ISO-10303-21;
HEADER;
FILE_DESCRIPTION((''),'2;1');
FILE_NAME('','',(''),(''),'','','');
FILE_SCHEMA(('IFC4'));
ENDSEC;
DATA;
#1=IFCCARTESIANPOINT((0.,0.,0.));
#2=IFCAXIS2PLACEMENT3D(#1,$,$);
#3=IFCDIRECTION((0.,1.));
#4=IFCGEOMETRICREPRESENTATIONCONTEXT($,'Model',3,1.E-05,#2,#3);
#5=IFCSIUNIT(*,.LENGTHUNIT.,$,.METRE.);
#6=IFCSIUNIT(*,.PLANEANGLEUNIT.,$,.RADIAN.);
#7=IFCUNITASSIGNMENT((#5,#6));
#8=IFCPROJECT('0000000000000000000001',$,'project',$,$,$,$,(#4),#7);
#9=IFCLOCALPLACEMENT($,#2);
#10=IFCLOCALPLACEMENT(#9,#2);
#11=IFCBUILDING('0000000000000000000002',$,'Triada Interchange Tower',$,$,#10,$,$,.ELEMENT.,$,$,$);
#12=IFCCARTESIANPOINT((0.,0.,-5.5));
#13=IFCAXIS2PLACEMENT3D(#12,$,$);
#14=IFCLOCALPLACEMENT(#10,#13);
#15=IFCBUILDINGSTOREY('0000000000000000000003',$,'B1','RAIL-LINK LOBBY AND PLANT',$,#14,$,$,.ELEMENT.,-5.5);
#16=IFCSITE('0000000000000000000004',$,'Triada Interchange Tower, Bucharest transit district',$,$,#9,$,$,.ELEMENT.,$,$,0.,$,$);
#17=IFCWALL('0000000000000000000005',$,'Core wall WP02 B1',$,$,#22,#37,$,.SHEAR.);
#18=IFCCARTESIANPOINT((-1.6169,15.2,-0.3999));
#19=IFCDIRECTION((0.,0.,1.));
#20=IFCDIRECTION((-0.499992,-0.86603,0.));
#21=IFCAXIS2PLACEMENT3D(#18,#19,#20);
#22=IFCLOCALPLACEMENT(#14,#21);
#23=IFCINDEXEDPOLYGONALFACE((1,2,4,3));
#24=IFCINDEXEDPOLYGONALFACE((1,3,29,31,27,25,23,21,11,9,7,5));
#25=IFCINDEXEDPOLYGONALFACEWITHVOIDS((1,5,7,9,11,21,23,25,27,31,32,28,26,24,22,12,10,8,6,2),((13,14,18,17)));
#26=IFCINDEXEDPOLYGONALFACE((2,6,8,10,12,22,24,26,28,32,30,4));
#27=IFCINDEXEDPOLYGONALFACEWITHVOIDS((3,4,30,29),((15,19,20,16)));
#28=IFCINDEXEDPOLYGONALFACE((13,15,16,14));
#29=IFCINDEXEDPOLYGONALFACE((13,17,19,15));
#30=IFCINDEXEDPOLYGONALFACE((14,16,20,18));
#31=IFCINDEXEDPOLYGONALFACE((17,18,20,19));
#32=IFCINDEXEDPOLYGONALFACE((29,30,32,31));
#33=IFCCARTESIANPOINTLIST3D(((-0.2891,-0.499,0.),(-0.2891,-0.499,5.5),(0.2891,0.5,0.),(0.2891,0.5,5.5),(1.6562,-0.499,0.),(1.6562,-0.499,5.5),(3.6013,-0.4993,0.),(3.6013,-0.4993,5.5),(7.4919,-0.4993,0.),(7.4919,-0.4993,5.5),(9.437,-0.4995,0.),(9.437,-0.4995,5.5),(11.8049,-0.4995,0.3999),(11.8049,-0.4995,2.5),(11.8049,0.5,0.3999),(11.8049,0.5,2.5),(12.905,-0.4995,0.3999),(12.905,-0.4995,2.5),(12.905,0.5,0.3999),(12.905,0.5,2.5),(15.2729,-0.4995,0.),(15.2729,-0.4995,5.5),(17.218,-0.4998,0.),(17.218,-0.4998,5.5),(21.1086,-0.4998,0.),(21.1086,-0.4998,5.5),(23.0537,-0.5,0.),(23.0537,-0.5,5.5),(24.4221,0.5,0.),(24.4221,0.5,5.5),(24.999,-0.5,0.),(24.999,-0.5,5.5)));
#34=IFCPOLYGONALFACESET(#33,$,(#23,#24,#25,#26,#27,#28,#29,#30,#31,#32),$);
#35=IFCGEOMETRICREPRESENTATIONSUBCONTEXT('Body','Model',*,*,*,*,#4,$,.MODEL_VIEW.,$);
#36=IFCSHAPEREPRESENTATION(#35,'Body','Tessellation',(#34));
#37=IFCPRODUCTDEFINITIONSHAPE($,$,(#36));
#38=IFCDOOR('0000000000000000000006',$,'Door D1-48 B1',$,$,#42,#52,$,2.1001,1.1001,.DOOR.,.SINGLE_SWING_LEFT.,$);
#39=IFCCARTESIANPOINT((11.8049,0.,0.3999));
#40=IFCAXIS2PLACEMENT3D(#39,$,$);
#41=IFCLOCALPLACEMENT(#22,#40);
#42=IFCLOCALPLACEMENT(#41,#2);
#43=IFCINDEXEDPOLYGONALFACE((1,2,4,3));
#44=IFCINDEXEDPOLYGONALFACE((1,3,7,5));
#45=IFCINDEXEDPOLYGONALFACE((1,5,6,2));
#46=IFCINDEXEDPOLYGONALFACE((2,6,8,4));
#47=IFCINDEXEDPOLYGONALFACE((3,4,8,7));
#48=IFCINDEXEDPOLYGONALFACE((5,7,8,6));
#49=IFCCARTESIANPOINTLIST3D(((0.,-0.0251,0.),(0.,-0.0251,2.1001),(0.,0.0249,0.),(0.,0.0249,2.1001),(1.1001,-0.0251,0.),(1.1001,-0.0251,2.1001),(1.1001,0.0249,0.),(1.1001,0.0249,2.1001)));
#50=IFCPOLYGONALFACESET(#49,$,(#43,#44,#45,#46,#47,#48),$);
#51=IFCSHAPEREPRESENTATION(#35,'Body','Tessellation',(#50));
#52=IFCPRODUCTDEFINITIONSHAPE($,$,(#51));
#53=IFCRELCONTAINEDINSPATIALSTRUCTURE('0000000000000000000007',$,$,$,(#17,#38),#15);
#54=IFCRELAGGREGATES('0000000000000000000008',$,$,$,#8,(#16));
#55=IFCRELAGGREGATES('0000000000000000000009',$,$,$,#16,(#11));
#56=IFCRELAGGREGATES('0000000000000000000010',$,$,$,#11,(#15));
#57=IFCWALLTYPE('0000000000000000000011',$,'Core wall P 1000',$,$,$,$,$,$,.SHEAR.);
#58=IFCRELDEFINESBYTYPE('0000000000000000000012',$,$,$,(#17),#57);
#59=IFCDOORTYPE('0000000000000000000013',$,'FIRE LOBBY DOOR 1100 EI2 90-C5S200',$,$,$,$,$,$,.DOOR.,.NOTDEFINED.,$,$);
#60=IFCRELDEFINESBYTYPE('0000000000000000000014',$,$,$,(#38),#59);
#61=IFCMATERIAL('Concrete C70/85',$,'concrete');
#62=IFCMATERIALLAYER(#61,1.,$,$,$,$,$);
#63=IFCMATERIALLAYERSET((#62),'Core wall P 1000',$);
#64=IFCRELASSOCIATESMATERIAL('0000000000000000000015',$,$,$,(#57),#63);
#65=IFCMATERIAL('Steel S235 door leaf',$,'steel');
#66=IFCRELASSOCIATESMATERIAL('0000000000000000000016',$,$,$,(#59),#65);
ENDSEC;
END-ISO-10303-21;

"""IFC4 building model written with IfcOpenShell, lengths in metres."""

from ifc_helpers import new_model, si_unit, direction, frame, frame_2d, origin, place, context, subcontext, project, spatial, polyline, rectangle, outline, extrude, material, layer, layer_set, type_object, element, fill, save


model = new_model("IFC4")

# Units and contexts
model_context = context("Model", 3, precision=1e-05, world=origin(), true_north=direction((0.0, 1.0)))
body_context = subcontext(model_context, "Body", "Model", "MODEL_VIEW")
ifc_project = project(units=[si_unit("LENGTHUNIT", "METRE"), si_unit("PLANEANGLEUNIT", "RADIAN")], contexts=[model_context])

# Site, building, storey
site_placement = place(None, origin())
site = spatial("IfcSite", under=ifc_project, at=site_placement, Name="Triada Interchange Tower, Bucharest transit district", CompositionType="ELEMENT", RefElevation=0.0)
building_placement = place(site_placement, origin())
building = spatial("IfcBuilding", under=site, at=building_placement, Name="Triada Interchange Tower", CompositionType="ELEMENT")
storey_placement = place(building_placement, frame((0.0, 0.0, -5.5)))
storey = spatial("IfcBuildingStorey", under=building, at=storey_placement, Name="B1", Description="RAIL-LINK LOBBY AND PLANT", CompositionType="ELEMENT", Elevation=-5.5)

# Shared definitions
ifc_material_1 = material(Name="Concrete C70/85", Category="concrete")

# Wall, opening, door
ifc_layer_1 = layer(ifc_material_1, 1.0)
ifc_layer_set_1 = layer_set([ifc_layer_1], Name="Core wall P 1000")
wall_type_1 = type_object("IfcWallType", Name="Core wall P 1000", PredefinedType="SHEAR", material=ifc_layer_set_1)
wall_1_placement = place(storey_placement, frame((-1.6169, 15.2, -0.3999), z_axis=(0.0, 0.0, 1.0), x_axis=(-0.499992, -0.86603, 0.0)))
wall_1 = element("IfcWall", 1, at=wall_1_placement, inside=storey, type_object=wall_type_1, Name="Core wall WP02 B1", PredefinedType="SHEAR", context=body_context, shape_type="SweptSolid", body=[
    extrude(outline(polyline([(-0.2891, -0.499), (1.6562, -0.499), (3.6013, -0.4993), (5.5466, -0.4993), (7.4919, -0.4993), (9.437, -0.4995), (11.3823, -0.4995), (13.3276, -0.4995), (15.2729, -0.4995), (17.218, -0.4998), (19.1633, -0.4998), (21.1086, -0.4998), (23.0537, -0.5), (24.999, -0.5), (24.4221, 0.5), (22.5657, 0.5), (20.7092, 0.5), (18.853, 0.5), (16.9966, 0.5), (15.1401, 0.5), (13.2837, 0.5), (11.4275, 0.5), (9.571, 0.5), (7.7146, 0.5), (5.8582, 0.5), (4.002, 0.5), (2.1455, 0.5), (0.2891, 0.5), (-0.2891, -0.499)])), origin(), (0.0, 0.0, 1.0), 5.5),
])
opening_placement = place(wall_1_placement, frame((11.8049, 0.0, 0.3999)))
opening = element("IfcOpeningElement", 2, at=opening_placement, cuts=wall_1, PredefinedType="OPENING", context=body_context, shape_type="SweptSolid", body=[
    extrude(rectangle(XDim=1.1001, YDim=2.1001, at=frame_2d((0.55, 1.05))), frame((0.0, 0.51, 0.0), z_axis=(0.0, -1.0, 0.0), x_axis=(1.0, 0.0, 0.0)), (0.0, 0.0, 1.0), 1.02),
])
ifc_material_2 = material(Name="Steel S235 door leaf", Category="steel")
door_type = type_object("IfcDoorType", Name="FIRE LOBBY DOOR 1100 EI2 90-C5S200", OperationType="NOTDEFINED", PredefinedType="DOOR", material=ifc_material_2)
door_placement = place(opening_placement, origin())
door = element("IfcDoor", 3, at=door_placement, inside=storey, type_object=door_type, Name="Door D1-48 B1", OperationType="SINGLE_SWING_LEFT", OverallHeight=2.1001, OverallWidth=1.1001, PredefinedType="DOOR", context=body_context, shape_type="SweptSolid", body=[
    extrude(rectangle(XDim=1.1001, YDim=2.1001, at=frame_2d((0.55, 1.05))), frame((0.0, 0.0249, 0.0), z_axis=(0.0, -1.0, 0.0), x_axis=(1.0, 0.0, 0.0)), (0.0, 0.0, 1.0), 0.05),
])
fill(opening, door)

save(model, "model.ifc")
